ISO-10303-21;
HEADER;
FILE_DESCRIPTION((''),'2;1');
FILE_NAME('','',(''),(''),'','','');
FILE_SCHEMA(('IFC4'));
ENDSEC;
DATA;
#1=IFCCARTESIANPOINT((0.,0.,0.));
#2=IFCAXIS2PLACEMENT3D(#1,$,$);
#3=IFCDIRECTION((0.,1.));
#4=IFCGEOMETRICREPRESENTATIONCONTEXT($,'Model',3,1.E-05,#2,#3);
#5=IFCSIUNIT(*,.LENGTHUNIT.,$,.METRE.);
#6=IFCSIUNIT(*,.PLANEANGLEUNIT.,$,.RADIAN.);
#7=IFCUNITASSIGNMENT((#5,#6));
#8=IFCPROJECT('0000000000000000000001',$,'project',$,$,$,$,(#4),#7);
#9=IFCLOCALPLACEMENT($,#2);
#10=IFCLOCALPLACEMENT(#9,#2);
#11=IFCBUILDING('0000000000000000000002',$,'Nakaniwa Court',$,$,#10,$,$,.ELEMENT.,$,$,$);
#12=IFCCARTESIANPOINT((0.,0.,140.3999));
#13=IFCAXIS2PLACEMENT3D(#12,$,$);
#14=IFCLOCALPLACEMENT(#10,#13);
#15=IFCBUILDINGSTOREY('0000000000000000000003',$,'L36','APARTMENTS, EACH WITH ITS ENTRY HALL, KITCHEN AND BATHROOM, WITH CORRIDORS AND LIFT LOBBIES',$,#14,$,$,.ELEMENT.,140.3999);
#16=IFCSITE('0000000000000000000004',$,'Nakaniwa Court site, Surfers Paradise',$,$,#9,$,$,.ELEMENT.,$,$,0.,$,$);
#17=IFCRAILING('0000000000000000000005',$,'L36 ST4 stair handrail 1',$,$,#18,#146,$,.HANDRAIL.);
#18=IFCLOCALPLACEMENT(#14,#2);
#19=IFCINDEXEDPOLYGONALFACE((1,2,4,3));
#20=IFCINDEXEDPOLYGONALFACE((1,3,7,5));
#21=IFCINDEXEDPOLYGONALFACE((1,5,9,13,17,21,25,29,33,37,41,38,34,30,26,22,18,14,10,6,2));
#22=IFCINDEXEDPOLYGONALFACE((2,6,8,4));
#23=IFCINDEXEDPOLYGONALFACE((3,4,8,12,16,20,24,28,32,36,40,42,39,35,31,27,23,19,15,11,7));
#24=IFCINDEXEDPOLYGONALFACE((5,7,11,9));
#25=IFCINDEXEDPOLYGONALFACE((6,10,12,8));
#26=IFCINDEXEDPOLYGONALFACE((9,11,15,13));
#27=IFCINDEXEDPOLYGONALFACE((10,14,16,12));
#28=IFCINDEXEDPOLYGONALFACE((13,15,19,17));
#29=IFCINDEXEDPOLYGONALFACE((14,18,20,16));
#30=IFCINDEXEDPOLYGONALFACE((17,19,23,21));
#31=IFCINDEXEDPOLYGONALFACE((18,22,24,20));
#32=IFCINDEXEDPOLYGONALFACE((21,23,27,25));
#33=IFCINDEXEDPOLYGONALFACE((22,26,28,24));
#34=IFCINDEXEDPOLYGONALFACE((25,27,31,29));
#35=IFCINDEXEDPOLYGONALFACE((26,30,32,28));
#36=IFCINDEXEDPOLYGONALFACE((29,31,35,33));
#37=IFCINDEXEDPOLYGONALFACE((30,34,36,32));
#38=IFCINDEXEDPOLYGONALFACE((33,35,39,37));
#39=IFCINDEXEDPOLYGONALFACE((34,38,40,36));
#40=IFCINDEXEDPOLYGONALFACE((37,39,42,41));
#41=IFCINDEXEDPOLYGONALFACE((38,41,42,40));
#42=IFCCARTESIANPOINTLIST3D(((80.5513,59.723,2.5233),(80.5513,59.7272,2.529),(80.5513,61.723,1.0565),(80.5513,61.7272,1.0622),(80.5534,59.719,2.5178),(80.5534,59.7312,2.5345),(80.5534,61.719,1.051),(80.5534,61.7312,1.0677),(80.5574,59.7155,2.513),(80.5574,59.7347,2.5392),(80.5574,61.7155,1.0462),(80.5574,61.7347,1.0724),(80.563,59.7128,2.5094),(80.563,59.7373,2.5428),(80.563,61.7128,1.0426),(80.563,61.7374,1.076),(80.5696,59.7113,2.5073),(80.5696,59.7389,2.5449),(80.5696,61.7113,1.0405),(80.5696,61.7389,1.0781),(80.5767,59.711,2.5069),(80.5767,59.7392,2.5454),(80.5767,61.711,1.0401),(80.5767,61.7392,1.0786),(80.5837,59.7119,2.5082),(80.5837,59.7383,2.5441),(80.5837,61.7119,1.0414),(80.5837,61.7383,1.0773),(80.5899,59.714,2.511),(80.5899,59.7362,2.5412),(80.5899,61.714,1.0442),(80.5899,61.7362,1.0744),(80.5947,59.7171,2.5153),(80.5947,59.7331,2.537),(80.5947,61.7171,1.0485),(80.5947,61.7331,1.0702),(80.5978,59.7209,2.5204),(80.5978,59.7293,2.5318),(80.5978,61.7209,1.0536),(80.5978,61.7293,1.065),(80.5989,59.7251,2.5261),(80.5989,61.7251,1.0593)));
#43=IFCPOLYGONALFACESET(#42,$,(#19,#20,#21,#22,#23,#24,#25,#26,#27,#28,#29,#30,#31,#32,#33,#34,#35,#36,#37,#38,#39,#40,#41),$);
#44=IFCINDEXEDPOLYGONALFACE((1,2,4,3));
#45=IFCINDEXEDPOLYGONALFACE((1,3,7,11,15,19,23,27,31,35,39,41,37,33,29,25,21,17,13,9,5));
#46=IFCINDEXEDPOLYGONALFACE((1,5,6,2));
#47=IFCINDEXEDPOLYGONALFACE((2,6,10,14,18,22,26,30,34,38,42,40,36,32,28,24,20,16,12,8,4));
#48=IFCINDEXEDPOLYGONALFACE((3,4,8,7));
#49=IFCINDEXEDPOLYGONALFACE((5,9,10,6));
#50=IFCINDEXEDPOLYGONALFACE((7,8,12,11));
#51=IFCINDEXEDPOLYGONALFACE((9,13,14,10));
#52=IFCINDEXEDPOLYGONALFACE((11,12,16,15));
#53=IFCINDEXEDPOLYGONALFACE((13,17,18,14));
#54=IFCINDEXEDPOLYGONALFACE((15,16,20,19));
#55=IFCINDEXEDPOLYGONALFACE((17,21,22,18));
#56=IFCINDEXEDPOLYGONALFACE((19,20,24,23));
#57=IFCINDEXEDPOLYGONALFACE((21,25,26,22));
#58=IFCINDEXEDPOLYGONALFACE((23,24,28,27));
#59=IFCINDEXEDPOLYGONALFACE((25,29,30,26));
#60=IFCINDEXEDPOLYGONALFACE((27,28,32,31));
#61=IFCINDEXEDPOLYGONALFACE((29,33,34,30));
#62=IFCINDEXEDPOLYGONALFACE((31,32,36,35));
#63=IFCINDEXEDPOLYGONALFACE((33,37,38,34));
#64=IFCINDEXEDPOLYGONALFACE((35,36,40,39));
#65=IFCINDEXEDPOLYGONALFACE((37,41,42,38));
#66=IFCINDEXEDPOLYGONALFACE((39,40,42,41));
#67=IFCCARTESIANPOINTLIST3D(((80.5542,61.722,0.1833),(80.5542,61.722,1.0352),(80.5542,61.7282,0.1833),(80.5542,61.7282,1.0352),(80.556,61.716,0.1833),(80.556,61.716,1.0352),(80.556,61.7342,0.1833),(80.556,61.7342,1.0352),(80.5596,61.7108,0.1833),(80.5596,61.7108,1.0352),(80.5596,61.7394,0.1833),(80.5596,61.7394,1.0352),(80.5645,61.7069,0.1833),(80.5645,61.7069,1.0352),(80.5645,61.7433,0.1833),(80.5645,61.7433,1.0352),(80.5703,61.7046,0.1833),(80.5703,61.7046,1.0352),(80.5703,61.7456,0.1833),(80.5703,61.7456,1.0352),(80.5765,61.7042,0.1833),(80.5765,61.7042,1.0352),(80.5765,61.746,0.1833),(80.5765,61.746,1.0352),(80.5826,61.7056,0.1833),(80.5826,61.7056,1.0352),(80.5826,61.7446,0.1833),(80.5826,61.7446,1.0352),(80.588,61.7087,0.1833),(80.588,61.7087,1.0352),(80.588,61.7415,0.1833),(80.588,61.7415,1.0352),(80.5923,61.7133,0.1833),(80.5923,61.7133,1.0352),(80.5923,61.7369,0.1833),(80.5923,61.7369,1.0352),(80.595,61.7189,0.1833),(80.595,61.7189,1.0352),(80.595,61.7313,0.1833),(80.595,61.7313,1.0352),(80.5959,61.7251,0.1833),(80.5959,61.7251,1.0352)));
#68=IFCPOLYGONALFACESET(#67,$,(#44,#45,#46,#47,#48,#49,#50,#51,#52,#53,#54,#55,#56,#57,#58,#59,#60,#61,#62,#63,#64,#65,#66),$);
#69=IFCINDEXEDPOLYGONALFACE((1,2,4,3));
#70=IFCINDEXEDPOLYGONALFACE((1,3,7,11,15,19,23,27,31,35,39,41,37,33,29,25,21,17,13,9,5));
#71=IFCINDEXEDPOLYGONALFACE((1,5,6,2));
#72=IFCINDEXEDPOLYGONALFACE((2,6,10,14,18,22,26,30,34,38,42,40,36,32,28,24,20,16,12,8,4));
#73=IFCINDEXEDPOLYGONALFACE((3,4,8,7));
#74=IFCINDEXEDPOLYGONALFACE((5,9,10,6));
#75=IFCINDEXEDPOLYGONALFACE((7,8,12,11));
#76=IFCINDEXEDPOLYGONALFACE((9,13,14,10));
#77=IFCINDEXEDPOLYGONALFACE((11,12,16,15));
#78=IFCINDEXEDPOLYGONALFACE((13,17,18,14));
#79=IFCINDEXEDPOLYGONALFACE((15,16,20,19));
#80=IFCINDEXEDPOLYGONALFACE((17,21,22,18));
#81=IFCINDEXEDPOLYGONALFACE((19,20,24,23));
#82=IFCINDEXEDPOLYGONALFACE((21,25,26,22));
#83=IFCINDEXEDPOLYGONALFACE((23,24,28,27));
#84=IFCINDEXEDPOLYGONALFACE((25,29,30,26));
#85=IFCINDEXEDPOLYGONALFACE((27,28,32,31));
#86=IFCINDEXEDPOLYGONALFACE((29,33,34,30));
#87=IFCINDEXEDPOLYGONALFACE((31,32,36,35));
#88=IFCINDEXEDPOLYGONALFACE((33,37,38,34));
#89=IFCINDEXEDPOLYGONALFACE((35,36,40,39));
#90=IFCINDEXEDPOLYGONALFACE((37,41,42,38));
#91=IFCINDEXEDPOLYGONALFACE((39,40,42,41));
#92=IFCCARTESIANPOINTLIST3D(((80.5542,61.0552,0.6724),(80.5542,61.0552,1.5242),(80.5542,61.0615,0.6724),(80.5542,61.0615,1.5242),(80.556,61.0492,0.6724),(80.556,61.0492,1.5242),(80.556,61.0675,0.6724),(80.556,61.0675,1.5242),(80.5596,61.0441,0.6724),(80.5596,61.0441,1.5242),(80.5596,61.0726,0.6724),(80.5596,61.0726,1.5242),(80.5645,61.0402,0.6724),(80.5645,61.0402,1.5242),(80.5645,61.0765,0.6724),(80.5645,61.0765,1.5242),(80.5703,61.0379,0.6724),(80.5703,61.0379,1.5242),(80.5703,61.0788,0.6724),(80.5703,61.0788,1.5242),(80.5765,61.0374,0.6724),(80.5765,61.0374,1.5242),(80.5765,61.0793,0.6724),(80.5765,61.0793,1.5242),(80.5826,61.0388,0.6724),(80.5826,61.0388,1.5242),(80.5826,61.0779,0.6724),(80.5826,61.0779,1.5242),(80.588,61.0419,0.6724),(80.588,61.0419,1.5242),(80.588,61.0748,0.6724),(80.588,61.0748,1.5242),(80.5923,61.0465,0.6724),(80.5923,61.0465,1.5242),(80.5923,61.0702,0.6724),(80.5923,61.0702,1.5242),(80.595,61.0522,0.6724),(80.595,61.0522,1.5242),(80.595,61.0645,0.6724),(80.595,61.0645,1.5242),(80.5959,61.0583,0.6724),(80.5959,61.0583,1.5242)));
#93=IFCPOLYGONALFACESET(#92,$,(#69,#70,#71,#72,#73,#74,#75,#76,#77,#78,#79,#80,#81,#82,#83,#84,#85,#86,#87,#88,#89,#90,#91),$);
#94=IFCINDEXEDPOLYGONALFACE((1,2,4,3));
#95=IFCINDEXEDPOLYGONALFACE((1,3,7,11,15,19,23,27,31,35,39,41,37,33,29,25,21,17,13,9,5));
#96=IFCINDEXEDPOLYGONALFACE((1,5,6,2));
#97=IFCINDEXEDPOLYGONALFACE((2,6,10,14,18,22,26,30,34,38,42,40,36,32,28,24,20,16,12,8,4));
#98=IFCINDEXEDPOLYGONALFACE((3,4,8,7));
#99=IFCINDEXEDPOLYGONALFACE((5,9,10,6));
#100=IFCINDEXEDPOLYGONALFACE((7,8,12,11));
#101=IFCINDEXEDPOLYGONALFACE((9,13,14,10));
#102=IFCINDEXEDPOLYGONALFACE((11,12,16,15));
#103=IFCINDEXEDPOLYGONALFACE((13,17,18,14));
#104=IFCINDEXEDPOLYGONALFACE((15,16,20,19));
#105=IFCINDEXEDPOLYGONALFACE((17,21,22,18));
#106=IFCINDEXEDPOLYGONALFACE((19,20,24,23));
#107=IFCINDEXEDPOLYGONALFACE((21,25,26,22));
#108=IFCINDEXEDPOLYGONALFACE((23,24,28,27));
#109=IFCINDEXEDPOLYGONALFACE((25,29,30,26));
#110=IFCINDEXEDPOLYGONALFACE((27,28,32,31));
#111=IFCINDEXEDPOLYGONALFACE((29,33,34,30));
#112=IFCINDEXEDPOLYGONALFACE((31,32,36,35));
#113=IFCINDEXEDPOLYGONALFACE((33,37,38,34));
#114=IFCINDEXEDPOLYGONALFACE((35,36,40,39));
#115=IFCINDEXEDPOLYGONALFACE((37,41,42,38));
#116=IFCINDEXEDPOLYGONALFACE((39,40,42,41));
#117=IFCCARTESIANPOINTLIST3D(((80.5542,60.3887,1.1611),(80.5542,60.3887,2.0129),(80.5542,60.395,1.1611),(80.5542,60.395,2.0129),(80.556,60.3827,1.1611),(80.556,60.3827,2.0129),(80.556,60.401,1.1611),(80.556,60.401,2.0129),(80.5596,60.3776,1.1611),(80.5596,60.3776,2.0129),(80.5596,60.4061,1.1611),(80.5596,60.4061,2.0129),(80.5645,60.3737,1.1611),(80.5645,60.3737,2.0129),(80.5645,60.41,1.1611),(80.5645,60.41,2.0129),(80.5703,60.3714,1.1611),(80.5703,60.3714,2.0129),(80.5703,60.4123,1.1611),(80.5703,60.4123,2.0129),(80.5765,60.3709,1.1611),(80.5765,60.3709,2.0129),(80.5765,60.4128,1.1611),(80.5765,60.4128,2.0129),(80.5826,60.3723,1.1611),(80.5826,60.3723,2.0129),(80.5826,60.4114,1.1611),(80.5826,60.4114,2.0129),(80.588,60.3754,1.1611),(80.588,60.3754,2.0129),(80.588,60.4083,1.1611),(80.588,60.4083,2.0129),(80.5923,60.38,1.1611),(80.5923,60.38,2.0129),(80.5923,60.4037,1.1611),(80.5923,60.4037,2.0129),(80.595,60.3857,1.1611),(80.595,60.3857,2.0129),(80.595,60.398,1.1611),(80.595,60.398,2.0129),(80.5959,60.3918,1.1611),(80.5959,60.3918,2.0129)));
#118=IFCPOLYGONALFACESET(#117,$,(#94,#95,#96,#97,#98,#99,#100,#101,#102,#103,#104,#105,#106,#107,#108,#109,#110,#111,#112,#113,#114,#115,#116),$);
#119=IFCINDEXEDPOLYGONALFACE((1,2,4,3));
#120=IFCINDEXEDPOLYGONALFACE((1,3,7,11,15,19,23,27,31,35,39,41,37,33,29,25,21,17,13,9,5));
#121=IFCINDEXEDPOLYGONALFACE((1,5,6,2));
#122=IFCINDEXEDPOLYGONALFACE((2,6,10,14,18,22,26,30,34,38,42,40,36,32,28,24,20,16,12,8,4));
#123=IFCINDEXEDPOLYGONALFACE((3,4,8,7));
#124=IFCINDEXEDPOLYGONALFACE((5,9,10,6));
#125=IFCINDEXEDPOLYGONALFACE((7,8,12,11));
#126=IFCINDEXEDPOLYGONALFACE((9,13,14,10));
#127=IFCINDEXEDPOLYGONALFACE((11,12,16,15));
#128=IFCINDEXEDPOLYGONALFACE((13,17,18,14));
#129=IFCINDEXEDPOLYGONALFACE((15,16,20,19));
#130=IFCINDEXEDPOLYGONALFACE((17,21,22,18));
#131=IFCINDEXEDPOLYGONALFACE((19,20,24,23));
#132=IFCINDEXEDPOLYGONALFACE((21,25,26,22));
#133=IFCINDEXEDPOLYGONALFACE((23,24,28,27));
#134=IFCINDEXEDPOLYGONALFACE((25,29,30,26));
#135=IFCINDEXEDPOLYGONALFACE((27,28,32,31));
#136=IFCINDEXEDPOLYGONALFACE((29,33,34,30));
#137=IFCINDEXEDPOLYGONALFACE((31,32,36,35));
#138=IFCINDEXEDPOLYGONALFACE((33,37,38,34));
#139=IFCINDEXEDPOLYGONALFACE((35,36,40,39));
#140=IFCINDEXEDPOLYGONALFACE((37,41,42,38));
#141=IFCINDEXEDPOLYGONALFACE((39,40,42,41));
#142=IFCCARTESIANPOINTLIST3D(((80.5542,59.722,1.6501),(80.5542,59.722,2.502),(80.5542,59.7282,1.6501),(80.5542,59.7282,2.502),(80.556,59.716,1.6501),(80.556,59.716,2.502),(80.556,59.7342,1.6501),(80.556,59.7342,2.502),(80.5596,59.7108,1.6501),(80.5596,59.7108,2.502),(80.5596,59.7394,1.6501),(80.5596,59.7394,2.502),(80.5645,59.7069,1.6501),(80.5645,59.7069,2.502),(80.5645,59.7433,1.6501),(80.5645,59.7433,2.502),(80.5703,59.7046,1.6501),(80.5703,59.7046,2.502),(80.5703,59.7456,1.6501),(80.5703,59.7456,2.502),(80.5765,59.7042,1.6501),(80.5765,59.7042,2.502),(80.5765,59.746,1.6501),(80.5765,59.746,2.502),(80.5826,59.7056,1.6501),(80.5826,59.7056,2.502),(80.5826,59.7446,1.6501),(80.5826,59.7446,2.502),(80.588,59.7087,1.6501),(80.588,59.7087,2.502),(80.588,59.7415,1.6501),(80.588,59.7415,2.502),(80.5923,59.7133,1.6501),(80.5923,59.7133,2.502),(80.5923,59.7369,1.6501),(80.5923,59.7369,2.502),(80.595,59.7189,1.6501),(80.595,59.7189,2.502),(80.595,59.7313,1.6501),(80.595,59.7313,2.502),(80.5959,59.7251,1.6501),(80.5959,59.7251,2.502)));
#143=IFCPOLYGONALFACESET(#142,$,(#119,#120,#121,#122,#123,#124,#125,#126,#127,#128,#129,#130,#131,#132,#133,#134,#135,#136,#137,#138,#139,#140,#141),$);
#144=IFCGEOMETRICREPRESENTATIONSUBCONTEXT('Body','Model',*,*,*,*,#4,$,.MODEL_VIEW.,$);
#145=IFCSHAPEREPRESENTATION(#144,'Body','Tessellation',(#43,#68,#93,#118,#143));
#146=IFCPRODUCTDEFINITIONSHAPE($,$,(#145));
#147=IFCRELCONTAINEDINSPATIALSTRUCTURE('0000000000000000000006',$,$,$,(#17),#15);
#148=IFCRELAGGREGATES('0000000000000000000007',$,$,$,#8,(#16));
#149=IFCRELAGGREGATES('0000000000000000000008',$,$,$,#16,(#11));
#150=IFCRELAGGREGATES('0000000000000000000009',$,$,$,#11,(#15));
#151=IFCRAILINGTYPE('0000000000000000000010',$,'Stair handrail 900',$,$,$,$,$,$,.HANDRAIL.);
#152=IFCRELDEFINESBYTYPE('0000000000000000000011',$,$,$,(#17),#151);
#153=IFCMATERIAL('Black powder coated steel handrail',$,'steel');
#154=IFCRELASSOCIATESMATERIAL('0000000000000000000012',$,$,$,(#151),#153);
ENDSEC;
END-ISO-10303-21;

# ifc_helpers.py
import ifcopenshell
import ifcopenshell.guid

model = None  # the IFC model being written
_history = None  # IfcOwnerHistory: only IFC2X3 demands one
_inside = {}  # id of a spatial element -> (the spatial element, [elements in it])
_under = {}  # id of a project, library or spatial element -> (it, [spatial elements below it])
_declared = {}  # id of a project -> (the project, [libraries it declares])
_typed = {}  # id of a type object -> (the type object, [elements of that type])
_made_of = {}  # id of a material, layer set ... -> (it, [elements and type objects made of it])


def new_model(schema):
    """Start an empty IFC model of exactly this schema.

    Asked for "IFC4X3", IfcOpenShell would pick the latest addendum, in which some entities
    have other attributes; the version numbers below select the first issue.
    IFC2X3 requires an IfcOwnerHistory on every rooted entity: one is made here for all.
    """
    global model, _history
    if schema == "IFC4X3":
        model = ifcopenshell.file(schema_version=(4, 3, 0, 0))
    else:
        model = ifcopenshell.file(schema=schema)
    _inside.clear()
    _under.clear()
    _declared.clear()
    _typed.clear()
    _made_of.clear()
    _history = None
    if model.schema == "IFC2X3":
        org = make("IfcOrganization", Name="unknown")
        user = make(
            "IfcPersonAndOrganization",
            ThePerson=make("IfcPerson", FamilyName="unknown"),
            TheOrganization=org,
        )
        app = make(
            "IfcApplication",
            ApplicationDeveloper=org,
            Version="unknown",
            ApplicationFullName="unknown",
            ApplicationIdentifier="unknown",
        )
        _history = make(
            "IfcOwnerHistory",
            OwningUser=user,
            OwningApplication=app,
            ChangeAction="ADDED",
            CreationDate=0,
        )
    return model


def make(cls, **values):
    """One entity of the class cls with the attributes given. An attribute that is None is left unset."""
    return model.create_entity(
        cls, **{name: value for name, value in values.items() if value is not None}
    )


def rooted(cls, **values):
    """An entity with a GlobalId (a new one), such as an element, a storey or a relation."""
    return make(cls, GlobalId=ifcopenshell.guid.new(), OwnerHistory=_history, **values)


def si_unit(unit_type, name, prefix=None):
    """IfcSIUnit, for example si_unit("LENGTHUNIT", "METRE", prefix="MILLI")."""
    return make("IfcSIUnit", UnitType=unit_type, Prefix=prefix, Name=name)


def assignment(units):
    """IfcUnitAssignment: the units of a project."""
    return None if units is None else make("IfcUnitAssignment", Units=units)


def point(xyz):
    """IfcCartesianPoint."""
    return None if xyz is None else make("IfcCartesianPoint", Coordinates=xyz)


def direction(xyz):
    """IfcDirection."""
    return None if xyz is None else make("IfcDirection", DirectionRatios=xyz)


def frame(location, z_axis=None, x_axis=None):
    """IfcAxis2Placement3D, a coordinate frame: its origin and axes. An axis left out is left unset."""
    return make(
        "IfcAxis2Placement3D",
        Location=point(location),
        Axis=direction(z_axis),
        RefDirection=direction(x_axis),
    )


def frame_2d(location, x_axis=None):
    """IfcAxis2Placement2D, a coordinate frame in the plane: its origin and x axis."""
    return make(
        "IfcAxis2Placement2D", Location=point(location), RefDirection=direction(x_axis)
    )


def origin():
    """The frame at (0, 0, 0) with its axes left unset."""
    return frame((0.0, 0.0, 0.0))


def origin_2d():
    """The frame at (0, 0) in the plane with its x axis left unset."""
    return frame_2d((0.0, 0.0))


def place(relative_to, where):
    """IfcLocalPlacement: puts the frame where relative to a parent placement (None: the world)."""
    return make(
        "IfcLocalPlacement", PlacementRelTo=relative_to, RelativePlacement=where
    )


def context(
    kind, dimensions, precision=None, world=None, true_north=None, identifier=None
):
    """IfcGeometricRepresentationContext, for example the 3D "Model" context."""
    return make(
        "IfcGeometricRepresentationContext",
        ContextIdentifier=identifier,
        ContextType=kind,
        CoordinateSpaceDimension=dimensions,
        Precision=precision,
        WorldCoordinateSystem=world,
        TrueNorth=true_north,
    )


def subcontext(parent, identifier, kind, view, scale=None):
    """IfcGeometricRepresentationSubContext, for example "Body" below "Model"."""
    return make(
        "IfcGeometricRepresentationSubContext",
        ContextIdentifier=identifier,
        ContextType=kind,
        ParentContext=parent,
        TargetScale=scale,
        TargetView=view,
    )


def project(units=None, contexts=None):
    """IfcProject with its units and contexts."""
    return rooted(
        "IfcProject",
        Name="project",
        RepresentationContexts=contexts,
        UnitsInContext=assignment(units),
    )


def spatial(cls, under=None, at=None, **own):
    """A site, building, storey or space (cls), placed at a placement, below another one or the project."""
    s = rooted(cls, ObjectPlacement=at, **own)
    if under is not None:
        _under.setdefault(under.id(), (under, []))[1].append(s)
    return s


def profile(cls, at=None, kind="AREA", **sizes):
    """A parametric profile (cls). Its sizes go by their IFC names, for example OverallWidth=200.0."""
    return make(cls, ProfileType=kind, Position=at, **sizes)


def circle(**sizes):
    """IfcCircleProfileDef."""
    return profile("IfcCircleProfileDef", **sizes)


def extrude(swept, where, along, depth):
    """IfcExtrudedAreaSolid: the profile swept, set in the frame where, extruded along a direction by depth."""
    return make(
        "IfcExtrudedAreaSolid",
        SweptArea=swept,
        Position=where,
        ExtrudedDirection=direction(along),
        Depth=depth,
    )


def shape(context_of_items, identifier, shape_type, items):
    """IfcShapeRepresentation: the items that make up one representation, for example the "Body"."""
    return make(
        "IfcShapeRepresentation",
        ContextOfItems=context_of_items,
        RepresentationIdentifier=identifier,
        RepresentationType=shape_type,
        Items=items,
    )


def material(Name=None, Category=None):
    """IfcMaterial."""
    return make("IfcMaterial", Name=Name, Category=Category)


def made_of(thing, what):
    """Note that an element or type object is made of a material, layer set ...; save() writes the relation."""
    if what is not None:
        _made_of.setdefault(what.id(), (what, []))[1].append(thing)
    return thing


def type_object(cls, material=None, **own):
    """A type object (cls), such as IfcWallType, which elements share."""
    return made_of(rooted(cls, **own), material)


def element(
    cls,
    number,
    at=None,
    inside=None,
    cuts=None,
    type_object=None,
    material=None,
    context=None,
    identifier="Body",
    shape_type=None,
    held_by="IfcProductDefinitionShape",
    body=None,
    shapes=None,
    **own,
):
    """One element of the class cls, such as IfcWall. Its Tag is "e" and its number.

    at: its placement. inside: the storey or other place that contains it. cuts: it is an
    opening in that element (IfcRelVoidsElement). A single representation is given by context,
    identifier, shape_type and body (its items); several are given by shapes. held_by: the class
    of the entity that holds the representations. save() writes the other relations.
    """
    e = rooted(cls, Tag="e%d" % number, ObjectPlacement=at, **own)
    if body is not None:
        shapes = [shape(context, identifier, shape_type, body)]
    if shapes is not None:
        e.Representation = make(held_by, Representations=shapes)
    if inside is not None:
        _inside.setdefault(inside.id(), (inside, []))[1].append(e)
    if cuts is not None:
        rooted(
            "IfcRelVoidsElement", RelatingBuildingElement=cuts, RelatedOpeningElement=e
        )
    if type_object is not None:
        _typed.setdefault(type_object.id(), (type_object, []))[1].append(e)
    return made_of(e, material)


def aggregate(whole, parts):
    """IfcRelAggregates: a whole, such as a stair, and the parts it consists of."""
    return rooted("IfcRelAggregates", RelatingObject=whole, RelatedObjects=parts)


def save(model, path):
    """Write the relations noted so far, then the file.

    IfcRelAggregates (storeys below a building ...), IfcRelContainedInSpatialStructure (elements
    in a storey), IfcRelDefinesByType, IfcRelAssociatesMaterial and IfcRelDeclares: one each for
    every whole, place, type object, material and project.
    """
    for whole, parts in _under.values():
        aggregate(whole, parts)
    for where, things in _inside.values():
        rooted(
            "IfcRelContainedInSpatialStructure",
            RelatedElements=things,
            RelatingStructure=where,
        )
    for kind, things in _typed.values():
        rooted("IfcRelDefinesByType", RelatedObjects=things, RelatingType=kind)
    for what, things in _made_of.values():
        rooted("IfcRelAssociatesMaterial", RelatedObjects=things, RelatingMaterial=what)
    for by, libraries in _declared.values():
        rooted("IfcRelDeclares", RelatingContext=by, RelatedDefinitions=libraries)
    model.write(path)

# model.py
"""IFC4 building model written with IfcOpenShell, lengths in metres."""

from ifc_helpers import new_model, si_unit, direction, frame, origin, origin_2d, place, context, subcontext, project, spatial, circle, extrude, material, type_object, element, save


model = new_model("IFC4")

# Units and contexts
model_context = context("Model", 3, precision=1e-05, world=origin(), true_north=direction((0.0, 1.0)))
body_context = subcontext(model_context, "Body", "Model", "MODEL_VIEW")
ifc_project = project(units=[si_unit("LENGTHUNIT", "METRE"), si_unit("PLANEANGLEUNIT", "RADIAN")], contexts=[model_context])

# Site, building, storey
site_placement = place(None, origin())
site = spatial("IfcSite", under=ifc_project, at=site_placement, Name="Nakaniwa Court site, Surfers Paradise", CompositionType="ELEMENT", RefElevation=0.0)
building_placement = place(site_placement, origin())
building = spatial("IfcBuilding", under=site, at=building_placement, Name="Nakaniwa Court", CompositionType="ELEMENT")
storey_placement = place(building_placement, frame((0.0, 0.0, 140.3999)))
storey = spatial("IfcBuildingStorey", under=building, at=storey_placement, Name="L36", Description="APARTMENTS, EACH WITH ITS ENTRY HALL, KITCHEN AND BATHROOM, WITH CORRIDORS AND LIFT LOBBIES", CompositionType="ELEMENT", Elevation=140.3999)

# Railing
ifc_material_1 = material(Name="Black powder coated steel handrail", Category="steel")
railing_type_1 = type_object("IfcRailingType", Name="Stair handrail 900", PredefinedType="HANDRAIL", material=ifc_material_1)
railing_1_placement = place(storey_placement, frame((80.575, 61.7251, 0.1833)))
element("IfcRailing", 1, at=railing_1_placement, inside=storey, type_object=railing_type_1, Name="L36 ST4 stair handrail 1", PredefinedType="HANDRAIL", context=body_context, shape_type="SweptSolid", body=[
    extrude(circle(Radius=0.0239, at=origin_2d()), frame((0.0, 0.0, 0.876), z_axis=(0.0, -0.80638, 0.591398), x_axis=(1.0, 0.0, 0.0)), (0.0, 0.0, 1.0), 2.4802),
    extrude(circle(Radius=0.021, at=origin_2d()), origin(), (0.0, 0.0, 1.0), 0.8518),
    extrude(circle(Radius=0.021, at=origin_2d()), frame((0.0, -0.6667, 0.489)), (0.0, 0.0, 1.0), 0.8518),
    extrude(circle(Radius=0.021, at=origin_2d()), frame((0.0, -1.3333, 0.9778)), (0.0, 0.0, 1.0), 0.8518),
    extrude(circle(Radius=0.021, at=origin_2d()), frame((0.0, -2.0, 1.4668)), (0.0, 0.0, 1.0), 0.8518),
])

save(model, "model.ifc")
